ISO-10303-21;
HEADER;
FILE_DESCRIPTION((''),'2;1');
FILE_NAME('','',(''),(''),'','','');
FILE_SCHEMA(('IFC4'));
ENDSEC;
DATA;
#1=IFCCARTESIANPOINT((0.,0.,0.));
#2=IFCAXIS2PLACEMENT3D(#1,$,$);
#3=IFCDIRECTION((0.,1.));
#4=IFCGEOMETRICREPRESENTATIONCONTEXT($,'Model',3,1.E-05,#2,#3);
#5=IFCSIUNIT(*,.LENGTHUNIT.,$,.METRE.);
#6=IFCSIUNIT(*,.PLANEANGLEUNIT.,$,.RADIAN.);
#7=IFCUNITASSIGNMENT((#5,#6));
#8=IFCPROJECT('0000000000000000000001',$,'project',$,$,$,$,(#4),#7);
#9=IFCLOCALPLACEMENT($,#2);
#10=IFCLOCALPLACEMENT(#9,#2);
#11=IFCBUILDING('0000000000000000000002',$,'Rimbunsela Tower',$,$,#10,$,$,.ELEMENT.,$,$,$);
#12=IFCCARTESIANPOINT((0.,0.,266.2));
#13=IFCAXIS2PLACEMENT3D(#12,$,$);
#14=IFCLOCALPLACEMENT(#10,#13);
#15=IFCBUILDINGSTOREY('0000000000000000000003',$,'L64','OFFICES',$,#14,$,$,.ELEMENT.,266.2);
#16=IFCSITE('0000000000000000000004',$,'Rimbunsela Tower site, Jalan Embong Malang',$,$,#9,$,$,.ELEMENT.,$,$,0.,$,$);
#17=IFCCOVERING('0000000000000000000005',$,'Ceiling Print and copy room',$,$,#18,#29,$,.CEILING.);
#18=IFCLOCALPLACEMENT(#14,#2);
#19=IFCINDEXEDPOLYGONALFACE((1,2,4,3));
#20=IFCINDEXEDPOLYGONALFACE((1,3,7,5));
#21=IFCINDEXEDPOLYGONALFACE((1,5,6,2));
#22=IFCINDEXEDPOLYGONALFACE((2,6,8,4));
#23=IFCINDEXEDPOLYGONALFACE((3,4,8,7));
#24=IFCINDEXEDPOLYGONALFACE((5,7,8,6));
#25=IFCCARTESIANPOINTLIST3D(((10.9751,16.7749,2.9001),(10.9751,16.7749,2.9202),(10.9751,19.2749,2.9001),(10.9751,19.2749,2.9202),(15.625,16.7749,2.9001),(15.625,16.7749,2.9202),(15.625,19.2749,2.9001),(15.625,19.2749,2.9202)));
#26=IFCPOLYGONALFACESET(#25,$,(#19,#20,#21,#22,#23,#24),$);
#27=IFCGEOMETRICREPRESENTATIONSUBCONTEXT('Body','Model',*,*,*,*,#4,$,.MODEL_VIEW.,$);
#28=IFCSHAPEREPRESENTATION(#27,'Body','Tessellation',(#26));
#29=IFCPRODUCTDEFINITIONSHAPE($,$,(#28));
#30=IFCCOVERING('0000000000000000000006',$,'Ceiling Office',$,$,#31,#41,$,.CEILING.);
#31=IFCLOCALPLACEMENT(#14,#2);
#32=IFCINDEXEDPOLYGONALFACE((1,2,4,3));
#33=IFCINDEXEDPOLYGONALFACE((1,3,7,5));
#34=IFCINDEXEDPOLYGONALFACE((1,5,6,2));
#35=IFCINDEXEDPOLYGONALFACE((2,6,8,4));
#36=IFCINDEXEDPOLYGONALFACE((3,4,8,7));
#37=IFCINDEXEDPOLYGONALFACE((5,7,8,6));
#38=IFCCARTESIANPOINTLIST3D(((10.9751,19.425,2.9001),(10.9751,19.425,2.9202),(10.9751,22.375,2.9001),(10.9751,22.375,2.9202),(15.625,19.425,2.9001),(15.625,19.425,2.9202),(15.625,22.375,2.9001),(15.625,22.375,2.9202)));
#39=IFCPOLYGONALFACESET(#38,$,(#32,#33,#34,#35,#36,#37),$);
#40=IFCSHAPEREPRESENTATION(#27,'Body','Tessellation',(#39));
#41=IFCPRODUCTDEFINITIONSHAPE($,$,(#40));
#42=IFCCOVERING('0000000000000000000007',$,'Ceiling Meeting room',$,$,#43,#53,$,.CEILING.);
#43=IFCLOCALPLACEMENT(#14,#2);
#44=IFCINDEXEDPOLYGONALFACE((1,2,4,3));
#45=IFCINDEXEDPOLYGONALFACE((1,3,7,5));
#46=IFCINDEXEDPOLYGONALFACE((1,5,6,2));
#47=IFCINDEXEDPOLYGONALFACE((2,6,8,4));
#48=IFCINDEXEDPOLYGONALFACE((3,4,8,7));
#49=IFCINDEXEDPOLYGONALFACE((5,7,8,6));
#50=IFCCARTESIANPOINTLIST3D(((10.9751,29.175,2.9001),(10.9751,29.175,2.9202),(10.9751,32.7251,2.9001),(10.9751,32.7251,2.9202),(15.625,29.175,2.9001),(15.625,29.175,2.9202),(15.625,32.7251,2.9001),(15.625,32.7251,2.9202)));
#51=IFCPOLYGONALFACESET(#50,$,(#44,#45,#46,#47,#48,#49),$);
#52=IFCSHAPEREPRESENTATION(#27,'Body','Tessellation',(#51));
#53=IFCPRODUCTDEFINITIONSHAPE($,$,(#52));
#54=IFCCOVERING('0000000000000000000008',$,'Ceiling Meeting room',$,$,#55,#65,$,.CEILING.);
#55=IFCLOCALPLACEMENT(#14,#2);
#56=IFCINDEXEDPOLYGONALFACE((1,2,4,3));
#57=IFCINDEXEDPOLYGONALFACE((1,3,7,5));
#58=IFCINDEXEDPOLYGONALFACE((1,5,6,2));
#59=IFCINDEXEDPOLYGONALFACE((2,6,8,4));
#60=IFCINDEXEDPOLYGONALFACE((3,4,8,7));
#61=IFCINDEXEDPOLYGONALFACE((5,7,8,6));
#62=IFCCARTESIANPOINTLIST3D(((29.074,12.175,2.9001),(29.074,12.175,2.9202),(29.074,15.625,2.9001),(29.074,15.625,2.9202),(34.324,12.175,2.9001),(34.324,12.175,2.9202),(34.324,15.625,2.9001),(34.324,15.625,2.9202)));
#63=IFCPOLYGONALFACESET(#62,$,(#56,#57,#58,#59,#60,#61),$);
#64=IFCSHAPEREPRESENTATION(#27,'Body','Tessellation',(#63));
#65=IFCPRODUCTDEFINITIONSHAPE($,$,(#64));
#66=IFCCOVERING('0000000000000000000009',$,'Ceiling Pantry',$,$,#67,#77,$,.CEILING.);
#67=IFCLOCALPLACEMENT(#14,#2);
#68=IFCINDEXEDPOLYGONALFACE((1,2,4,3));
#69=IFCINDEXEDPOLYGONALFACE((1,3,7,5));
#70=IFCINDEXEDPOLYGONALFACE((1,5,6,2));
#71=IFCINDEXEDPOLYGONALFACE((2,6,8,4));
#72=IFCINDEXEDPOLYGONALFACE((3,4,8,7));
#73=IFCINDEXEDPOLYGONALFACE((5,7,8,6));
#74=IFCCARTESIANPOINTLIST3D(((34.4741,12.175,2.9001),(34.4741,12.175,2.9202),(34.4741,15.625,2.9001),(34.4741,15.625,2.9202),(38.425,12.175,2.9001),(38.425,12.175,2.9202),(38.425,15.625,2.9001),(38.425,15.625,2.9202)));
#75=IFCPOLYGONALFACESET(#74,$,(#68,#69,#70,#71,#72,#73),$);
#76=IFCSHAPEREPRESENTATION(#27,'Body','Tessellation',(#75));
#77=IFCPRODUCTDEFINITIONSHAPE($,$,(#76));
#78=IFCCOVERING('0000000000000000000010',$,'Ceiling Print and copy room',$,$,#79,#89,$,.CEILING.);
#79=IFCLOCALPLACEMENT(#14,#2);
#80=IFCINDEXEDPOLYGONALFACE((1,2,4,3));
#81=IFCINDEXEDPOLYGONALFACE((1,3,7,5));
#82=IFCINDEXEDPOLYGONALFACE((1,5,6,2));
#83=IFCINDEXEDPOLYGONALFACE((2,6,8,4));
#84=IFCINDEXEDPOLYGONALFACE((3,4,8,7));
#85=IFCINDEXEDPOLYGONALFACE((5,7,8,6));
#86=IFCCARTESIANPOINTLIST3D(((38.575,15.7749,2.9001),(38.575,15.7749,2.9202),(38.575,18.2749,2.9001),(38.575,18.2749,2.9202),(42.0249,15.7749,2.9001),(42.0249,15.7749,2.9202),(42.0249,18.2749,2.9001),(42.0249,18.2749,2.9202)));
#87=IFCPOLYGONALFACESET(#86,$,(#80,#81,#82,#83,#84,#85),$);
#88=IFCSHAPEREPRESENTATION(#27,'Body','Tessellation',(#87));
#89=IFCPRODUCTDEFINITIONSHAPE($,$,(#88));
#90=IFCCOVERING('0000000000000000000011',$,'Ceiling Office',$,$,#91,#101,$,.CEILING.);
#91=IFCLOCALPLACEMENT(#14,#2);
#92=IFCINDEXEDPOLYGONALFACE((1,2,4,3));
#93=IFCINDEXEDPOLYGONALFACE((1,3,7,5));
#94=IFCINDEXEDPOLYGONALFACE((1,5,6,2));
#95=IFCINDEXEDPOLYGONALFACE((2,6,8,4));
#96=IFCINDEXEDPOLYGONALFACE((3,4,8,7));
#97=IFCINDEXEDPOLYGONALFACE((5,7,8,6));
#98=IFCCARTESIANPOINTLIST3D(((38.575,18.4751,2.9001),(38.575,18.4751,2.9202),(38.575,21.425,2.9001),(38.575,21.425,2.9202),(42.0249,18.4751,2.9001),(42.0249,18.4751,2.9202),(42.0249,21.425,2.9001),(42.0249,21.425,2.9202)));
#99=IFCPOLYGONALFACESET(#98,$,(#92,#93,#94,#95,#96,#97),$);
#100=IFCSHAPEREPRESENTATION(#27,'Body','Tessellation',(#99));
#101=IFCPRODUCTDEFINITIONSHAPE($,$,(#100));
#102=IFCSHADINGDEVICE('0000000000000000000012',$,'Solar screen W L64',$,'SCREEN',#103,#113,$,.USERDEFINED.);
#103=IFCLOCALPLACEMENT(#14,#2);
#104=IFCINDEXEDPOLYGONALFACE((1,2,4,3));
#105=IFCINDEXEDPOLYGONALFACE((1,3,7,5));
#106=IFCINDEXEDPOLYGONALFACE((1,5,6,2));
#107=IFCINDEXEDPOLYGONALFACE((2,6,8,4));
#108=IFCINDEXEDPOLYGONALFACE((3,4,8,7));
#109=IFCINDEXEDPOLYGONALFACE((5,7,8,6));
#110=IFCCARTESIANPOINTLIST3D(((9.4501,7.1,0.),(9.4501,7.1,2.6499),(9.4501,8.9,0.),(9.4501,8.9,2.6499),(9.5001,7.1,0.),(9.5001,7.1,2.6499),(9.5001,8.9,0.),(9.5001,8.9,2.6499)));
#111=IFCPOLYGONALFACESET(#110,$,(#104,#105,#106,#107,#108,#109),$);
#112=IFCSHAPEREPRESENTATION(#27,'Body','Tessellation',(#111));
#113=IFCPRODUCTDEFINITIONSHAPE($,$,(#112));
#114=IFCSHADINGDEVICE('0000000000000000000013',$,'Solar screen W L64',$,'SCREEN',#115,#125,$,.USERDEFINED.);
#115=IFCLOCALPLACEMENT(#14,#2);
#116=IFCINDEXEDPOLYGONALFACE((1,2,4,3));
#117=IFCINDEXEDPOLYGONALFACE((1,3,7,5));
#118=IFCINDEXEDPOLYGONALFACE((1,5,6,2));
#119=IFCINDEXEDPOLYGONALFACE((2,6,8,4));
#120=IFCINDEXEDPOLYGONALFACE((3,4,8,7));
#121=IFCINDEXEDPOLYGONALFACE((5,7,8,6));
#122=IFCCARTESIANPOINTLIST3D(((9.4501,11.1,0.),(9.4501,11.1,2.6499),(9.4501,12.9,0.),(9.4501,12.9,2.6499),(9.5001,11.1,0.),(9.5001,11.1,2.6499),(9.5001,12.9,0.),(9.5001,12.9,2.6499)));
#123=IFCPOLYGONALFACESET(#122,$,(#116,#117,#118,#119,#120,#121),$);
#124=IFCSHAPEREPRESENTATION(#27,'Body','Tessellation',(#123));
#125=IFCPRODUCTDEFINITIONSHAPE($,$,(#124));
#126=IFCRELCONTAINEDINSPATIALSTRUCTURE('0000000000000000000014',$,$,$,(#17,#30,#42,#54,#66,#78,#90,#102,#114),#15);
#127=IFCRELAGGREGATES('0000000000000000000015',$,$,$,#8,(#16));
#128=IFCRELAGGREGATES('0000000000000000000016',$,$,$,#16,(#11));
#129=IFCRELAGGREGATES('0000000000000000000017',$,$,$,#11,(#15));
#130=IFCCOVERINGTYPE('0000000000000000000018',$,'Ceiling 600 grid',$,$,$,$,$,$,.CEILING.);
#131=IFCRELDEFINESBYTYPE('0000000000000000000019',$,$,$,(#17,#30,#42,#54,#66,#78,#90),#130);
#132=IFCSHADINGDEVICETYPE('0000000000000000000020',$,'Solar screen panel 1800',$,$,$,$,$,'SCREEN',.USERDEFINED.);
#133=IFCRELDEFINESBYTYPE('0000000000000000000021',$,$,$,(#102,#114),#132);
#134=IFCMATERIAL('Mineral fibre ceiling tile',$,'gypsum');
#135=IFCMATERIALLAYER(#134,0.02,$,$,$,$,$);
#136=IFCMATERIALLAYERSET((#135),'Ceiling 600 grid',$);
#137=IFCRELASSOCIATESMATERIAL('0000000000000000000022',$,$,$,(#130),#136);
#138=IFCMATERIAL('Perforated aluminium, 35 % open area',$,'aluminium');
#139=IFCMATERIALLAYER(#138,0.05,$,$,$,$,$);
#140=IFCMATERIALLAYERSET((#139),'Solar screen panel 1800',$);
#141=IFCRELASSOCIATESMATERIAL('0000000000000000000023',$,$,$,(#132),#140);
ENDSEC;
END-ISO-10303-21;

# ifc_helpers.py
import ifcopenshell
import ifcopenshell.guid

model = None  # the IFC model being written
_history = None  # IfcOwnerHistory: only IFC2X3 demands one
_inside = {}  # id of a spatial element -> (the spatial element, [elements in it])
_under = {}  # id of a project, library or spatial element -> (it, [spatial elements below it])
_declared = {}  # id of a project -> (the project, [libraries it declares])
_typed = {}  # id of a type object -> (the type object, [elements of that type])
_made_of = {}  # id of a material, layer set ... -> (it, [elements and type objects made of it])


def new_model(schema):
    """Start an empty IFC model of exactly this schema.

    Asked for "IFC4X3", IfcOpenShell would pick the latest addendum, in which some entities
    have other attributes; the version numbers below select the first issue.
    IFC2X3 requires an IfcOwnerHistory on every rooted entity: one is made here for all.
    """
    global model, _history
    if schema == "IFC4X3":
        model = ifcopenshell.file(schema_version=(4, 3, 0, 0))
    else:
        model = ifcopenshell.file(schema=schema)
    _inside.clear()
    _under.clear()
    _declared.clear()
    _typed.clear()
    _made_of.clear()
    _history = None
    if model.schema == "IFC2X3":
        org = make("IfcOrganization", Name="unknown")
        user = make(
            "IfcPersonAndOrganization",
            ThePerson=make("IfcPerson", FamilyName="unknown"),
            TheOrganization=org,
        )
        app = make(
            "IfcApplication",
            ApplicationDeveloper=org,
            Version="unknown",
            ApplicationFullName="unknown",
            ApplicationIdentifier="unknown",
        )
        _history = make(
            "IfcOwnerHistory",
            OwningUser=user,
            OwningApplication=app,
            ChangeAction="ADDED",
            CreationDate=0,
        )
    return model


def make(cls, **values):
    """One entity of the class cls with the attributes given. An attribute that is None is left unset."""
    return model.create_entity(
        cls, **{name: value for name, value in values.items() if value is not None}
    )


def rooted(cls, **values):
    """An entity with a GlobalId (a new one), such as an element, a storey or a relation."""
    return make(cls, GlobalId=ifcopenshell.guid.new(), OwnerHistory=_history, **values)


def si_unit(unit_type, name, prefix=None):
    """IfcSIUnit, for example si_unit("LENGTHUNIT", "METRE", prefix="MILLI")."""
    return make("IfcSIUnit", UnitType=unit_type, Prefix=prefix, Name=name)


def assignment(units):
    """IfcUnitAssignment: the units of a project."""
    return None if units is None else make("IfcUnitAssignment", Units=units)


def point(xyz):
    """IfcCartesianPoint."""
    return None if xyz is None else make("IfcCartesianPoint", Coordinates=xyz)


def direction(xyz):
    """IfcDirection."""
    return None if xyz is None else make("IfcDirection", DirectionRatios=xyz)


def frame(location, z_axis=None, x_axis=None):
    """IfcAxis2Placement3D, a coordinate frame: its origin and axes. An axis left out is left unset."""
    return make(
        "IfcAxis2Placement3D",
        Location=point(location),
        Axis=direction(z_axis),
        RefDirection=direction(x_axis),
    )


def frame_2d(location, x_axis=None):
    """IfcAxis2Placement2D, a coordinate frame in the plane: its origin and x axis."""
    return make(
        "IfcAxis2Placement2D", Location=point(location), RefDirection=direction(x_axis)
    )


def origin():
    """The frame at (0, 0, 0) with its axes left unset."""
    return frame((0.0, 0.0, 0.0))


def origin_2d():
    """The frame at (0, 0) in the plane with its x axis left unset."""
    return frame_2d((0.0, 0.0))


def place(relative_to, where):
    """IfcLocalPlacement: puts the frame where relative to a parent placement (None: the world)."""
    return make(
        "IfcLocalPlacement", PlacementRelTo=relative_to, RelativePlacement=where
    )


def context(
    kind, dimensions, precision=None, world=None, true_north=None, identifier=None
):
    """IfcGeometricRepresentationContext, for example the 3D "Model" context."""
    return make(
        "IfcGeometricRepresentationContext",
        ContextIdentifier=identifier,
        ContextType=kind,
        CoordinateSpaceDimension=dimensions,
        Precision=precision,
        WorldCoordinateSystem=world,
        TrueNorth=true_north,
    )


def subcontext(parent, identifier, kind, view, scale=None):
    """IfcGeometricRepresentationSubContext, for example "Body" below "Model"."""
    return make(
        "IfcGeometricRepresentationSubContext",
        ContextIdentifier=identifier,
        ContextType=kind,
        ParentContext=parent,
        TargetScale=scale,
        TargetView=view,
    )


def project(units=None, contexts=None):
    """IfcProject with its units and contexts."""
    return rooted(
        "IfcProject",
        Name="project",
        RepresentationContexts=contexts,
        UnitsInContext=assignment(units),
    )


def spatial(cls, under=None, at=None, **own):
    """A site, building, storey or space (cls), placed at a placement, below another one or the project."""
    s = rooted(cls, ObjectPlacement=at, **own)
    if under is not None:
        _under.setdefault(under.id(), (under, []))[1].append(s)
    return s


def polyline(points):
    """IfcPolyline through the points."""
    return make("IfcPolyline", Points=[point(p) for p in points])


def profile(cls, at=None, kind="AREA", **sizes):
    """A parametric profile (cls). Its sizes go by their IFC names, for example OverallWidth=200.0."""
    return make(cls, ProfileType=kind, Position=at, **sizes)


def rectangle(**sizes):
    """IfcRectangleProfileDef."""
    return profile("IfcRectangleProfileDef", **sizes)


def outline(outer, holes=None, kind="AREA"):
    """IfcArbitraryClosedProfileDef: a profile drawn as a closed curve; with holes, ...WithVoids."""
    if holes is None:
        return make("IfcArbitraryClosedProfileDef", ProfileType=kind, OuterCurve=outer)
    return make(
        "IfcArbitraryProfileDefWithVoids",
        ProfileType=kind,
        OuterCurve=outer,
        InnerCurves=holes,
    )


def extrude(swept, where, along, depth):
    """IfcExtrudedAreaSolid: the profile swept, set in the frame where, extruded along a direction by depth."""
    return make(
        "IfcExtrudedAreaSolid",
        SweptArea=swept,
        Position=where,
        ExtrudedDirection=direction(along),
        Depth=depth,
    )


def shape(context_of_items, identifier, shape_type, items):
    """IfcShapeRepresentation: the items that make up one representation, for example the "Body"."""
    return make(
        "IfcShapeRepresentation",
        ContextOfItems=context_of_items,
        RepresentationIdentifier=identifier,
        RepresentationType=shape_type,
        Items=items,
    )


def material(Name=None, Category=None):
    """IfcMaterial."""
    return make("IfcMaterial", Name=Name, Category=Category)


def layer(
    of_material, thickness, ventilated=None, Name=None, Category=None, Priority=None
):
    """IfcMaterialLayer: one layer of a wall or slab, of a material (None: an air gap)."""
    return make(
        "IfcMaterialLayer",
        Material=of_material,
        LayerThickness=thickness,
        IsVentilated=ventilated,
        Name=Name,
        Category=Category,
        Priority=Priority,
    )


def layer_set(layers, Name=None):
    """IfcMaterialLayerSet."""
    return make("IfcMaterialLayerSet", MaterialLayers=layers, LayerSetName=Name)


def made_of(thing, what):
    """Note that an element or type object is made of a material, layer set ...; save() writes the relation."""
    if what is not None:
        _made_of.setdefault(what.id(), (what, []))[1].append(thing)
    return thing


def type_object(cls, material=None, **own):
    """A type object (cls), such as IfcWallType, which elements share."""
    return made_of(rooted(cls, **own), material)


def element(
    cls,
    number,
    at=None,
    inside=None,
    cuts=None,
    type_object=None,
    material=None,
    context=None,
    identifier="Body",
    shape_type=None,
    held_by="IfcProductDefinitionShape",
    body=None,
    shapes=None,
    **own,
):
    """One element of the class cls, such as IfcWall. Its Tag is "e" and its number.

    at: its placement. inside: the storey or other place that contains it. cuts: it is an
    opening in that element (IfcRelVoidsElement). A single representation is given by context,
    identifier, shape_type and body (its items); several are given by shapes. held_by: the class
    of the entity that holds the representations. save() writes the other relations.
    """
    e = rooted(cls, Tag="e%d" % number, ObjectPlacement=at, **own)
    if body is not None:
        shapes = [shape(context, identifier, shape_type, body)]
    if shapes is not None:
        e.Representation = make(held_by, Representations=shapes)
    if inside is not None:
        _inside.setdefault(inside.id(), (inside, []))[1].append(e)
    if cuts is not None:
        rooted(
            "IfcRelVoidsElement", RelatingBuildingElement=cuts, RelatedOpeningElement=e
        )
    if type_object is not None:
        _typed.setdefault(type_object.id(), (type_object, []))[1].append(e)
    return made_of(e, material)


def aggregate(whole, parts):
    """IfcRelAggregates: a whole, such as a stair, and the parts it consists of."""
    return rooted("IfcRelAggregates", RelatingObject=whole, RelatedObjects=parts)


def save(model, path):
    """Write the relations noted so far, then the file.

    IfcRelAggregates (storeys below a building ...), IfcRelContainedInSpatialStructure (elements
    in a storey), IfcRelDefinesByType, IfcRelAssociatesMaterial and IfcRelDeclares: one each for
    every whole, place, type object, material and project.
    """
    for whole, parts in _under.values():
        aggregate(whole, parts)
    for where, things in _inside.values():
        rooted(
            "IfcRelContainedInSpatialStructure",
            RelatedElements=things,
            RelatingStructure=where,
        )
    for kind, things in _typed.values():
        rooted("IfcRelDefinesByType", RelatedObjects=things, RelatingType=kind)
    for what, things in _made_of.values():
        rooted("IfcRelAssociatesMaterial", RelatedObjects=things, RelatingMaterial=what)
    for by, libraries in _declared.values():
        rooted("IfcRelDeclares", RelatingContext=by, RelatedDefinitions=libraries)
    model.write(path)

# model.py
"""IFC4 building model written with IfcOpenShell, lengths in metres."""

from ifc_helpers import new_model, si_unit, direction, frame, origin, origin_2d, place, context, subcontext, project, spatial, polyline, rectangle, outline, extrude, material, layer, layer_set, type_object, element, save


model = new_model("IFC4")

# Units and contexts
model_context = context("Model", 3, precision=1e-05, world=origin(), true_north=direction((0.0, 1.0)))
body_context = subcontext(model_context, "Body", "Model", "MODEL_VIEW")
ifc_project = project(units=[si_unit("LENGTHUNIT", "METRE"), si_unit("PLANEANGLEUNIT", "RADIAN")], contexts=[model_context])

# Site, building, storey
site_placement = place(None, origin())
site = spatial("IfcSite", under=ifc_project, at=site_placement, Name="Rimbunsela Tower site, Jalan Embong Malang", CompositionType="ELEMENT", RefElevation=0.0)
building_placement = place(site_placement, origin())
building = spatial("IfcBuilding", under=site, at=building_placement, Name="Rimbunsela Tower", CompositionType="ELEMENT")
storey_placement = place(building_placement, frame((0.0, 0.0, 266.2)))
storey = spatial("IfcBuildingStorey", under=building, at=storey_placement, Name="L64", Description="OFFICES", CompositionType="ELEMENT", Elevation=266.2)

# Coverings
ifc_material_1 = material(Name="Mineral fibre ceiling tile", Category="gypsum")
ifc_layer_1 = layer(ifc_material_1, 0.02)
ifc_layer_set_1 = layer_set([ifc_layer_1], Name="Ceiling 600 grid")
covering_type_1 = type_object("IfcCoveringType", Name="Ceiling 600 grid", PredefinedType="CEILING", material=ifc_layer_set_1)
covering_1_placement = place(storey_placement, frame((0.0, 0.0, 2.9001)))
element("IfcCovering", 1, at=covering_1_placement, inside=storey, type_object=covering_type_1, Name="Ceiling Print and copy room", PredefinedType="CEILING", context=body_context, shape_type="SweptSolid", body=[
    extrude(outline(polyline([(15.625, 16.7749), (15.625, 19.2749), (10.9751, 19.2749), (10.9751, 16.7749), (15.625, 16.7749)])), origin(), (0.0, 0.0, 1.0), 0.02),
])
covering_2_placement = place(storey_placement, frame((0.0, 0.0, 2.9001)))
element("IfcCovering", 2, at=covering_2_placement, inside=storey, type_object=covering_type_1, Name="Ceiling Office", PredefinedType="CEILING", context=body_context, shape_type="SweptSolid", body=[
    extrude(outline(polyline([(15.625, 19.425), (15.625, 22.375), (10.9751, 22.375), (10.9751, 19.425), (15.625, 19.425)])), origin(), (0.0, 0.0, 1.0), 0.02),
])
covering_3_placement = place(storey_placement, frame((0.0, 0.0, 2.9001)))
element("IfcCovering", 3, at=covering_3_placement, inside=storey, type_object=covering_type_1, Name="Ceiling Meeting room", PredefinedType="CEILING", context=body_context, shape_type="SweptSolid", body=[
    extrude(outline(polyline([(15.625, 29.175), (15.625, 32.7251), (10.9751, 32.7251), (10.9751, 29.175), (15.625, 29.175)])), origin(), (0.0, 0.0, 1.0), 0.02),
])
covering_4_placement = place(storey_placement, frame((0.0, 0.0, 2.9001)))
element("IfcCovering", 4, at=covering_4_placement, inside=storey, type_object=covering_type_1, Name="Ceiling Meeting room", PredefinedType="CEILING", context=body_context, shape_type="SweptSolid", body=[
    extrude(outline(polyline([(34.324, 12.175), (34.324, 15.625), (29.074, 15.625), (29.074, 12.175), (34.324, 12.175)])), origin(), (0.0, 0.0, 1.0), 0.02),
])
covering_5_placement = place(storey_placement, frame((0.0, 0.0, 2.9001)))
element("IfcCovering", 5, at=covering_5_placement, inside=storey, type_object=covering_type_1, Name="Ceiling Pantry", PredefinedType="CEILING", context=body_context, shape_type="SweptSolid", body=[
    extrude(outline(polyline([(38.425, 12.175), (38.425, 15.625), (34.4741, 15.625), (34.4741, 12.175), (38.425, 12.175)])), origin(), (0.0, 0.0, 1.0), 0.02),
])
covering_6_placement = place(storey_placement, frame((0.0, 0.0, 2.9001)))
element("IfcCovering", 6, at=covering_6_placement, inside=storey, type_object=covering_type_1, Name="Ceiling Print and copy room", PredefinedType="CEILING", context=body_context, shape_type="SweptSolid", body=[
    extrude(outline(polyline([(42.0249, 15.7749), (42.0249, 18.2749), (38.575, 18.2749), (38.575, 15.7749), (42.0249, 15.7749)])), origin(), (0.0, 0.0, 1.0), 0.02),
])
covering_7_placement = place(storey_placement, frame((0.0, 0.0, 2.9001)))
element("IfcCovering", 7, at=covering_7_placement, inside=storey, type_object=covering_type_1, Name="Ceiling Office", PredefinedType="CEILING", context=body_context, shape_type="SweptSolid", body=[
    extrude(outline(polyline([(42.0249, 18.4751), (42.0249, 21.425), (38.575, 21.425), (38.575, 18.4751), (42.0249, 18.4751)])), origin(), (0.0, 0.0, 1.0), 0.02),
])

# Shading devices
ifc_material_2 = material(Name="Perforated aluminium, 35 % open area", Category="aluminium")
ifc_layer_2 = layer(ifc_material_2, 0.05)
ifc_layer_set_2 = layer_set([ifc_layer_2], Name="Solar screen panel 1800")
shading_device_type = type_object("IfcShadingDeviceType", Name="Solar screen panel 1800", ElementType="SCREEN", PredefinedType="USERDEFINED", material=ifc_layer_set_2)
for number, where, z_axis, x_axis, name in (
    (8, (9.4751, 8.0, 0.0), (0.0, 0.0, 1.0), (0.0, 1.0, 0.0), "Solar screen W L64"),
    (9, (9.4751, 12.0, 0.0), (0.0, 0.0, 1.0), (0.0, 1.0, 0.0), "Solar screen W L64"),
):
    element("IfcShadingDevice", number, at=place(storey_placement, frame(where, z_axis=z_axis, x_axis=x_axis)), inside=storey, type_object=shading_device_type, Name=name, ObjectType="SCREEN", PredefinedType="USERDEFINED", context=body_context, shape_type="SweptSolid", body=[
        extrude(rectangle(XDim=1.8, YDim=0.05, at=origin_2d()), origin(), (0.0, 0.0, 1.0), 2.6499),
    ])

save(model, "model.ifc")
